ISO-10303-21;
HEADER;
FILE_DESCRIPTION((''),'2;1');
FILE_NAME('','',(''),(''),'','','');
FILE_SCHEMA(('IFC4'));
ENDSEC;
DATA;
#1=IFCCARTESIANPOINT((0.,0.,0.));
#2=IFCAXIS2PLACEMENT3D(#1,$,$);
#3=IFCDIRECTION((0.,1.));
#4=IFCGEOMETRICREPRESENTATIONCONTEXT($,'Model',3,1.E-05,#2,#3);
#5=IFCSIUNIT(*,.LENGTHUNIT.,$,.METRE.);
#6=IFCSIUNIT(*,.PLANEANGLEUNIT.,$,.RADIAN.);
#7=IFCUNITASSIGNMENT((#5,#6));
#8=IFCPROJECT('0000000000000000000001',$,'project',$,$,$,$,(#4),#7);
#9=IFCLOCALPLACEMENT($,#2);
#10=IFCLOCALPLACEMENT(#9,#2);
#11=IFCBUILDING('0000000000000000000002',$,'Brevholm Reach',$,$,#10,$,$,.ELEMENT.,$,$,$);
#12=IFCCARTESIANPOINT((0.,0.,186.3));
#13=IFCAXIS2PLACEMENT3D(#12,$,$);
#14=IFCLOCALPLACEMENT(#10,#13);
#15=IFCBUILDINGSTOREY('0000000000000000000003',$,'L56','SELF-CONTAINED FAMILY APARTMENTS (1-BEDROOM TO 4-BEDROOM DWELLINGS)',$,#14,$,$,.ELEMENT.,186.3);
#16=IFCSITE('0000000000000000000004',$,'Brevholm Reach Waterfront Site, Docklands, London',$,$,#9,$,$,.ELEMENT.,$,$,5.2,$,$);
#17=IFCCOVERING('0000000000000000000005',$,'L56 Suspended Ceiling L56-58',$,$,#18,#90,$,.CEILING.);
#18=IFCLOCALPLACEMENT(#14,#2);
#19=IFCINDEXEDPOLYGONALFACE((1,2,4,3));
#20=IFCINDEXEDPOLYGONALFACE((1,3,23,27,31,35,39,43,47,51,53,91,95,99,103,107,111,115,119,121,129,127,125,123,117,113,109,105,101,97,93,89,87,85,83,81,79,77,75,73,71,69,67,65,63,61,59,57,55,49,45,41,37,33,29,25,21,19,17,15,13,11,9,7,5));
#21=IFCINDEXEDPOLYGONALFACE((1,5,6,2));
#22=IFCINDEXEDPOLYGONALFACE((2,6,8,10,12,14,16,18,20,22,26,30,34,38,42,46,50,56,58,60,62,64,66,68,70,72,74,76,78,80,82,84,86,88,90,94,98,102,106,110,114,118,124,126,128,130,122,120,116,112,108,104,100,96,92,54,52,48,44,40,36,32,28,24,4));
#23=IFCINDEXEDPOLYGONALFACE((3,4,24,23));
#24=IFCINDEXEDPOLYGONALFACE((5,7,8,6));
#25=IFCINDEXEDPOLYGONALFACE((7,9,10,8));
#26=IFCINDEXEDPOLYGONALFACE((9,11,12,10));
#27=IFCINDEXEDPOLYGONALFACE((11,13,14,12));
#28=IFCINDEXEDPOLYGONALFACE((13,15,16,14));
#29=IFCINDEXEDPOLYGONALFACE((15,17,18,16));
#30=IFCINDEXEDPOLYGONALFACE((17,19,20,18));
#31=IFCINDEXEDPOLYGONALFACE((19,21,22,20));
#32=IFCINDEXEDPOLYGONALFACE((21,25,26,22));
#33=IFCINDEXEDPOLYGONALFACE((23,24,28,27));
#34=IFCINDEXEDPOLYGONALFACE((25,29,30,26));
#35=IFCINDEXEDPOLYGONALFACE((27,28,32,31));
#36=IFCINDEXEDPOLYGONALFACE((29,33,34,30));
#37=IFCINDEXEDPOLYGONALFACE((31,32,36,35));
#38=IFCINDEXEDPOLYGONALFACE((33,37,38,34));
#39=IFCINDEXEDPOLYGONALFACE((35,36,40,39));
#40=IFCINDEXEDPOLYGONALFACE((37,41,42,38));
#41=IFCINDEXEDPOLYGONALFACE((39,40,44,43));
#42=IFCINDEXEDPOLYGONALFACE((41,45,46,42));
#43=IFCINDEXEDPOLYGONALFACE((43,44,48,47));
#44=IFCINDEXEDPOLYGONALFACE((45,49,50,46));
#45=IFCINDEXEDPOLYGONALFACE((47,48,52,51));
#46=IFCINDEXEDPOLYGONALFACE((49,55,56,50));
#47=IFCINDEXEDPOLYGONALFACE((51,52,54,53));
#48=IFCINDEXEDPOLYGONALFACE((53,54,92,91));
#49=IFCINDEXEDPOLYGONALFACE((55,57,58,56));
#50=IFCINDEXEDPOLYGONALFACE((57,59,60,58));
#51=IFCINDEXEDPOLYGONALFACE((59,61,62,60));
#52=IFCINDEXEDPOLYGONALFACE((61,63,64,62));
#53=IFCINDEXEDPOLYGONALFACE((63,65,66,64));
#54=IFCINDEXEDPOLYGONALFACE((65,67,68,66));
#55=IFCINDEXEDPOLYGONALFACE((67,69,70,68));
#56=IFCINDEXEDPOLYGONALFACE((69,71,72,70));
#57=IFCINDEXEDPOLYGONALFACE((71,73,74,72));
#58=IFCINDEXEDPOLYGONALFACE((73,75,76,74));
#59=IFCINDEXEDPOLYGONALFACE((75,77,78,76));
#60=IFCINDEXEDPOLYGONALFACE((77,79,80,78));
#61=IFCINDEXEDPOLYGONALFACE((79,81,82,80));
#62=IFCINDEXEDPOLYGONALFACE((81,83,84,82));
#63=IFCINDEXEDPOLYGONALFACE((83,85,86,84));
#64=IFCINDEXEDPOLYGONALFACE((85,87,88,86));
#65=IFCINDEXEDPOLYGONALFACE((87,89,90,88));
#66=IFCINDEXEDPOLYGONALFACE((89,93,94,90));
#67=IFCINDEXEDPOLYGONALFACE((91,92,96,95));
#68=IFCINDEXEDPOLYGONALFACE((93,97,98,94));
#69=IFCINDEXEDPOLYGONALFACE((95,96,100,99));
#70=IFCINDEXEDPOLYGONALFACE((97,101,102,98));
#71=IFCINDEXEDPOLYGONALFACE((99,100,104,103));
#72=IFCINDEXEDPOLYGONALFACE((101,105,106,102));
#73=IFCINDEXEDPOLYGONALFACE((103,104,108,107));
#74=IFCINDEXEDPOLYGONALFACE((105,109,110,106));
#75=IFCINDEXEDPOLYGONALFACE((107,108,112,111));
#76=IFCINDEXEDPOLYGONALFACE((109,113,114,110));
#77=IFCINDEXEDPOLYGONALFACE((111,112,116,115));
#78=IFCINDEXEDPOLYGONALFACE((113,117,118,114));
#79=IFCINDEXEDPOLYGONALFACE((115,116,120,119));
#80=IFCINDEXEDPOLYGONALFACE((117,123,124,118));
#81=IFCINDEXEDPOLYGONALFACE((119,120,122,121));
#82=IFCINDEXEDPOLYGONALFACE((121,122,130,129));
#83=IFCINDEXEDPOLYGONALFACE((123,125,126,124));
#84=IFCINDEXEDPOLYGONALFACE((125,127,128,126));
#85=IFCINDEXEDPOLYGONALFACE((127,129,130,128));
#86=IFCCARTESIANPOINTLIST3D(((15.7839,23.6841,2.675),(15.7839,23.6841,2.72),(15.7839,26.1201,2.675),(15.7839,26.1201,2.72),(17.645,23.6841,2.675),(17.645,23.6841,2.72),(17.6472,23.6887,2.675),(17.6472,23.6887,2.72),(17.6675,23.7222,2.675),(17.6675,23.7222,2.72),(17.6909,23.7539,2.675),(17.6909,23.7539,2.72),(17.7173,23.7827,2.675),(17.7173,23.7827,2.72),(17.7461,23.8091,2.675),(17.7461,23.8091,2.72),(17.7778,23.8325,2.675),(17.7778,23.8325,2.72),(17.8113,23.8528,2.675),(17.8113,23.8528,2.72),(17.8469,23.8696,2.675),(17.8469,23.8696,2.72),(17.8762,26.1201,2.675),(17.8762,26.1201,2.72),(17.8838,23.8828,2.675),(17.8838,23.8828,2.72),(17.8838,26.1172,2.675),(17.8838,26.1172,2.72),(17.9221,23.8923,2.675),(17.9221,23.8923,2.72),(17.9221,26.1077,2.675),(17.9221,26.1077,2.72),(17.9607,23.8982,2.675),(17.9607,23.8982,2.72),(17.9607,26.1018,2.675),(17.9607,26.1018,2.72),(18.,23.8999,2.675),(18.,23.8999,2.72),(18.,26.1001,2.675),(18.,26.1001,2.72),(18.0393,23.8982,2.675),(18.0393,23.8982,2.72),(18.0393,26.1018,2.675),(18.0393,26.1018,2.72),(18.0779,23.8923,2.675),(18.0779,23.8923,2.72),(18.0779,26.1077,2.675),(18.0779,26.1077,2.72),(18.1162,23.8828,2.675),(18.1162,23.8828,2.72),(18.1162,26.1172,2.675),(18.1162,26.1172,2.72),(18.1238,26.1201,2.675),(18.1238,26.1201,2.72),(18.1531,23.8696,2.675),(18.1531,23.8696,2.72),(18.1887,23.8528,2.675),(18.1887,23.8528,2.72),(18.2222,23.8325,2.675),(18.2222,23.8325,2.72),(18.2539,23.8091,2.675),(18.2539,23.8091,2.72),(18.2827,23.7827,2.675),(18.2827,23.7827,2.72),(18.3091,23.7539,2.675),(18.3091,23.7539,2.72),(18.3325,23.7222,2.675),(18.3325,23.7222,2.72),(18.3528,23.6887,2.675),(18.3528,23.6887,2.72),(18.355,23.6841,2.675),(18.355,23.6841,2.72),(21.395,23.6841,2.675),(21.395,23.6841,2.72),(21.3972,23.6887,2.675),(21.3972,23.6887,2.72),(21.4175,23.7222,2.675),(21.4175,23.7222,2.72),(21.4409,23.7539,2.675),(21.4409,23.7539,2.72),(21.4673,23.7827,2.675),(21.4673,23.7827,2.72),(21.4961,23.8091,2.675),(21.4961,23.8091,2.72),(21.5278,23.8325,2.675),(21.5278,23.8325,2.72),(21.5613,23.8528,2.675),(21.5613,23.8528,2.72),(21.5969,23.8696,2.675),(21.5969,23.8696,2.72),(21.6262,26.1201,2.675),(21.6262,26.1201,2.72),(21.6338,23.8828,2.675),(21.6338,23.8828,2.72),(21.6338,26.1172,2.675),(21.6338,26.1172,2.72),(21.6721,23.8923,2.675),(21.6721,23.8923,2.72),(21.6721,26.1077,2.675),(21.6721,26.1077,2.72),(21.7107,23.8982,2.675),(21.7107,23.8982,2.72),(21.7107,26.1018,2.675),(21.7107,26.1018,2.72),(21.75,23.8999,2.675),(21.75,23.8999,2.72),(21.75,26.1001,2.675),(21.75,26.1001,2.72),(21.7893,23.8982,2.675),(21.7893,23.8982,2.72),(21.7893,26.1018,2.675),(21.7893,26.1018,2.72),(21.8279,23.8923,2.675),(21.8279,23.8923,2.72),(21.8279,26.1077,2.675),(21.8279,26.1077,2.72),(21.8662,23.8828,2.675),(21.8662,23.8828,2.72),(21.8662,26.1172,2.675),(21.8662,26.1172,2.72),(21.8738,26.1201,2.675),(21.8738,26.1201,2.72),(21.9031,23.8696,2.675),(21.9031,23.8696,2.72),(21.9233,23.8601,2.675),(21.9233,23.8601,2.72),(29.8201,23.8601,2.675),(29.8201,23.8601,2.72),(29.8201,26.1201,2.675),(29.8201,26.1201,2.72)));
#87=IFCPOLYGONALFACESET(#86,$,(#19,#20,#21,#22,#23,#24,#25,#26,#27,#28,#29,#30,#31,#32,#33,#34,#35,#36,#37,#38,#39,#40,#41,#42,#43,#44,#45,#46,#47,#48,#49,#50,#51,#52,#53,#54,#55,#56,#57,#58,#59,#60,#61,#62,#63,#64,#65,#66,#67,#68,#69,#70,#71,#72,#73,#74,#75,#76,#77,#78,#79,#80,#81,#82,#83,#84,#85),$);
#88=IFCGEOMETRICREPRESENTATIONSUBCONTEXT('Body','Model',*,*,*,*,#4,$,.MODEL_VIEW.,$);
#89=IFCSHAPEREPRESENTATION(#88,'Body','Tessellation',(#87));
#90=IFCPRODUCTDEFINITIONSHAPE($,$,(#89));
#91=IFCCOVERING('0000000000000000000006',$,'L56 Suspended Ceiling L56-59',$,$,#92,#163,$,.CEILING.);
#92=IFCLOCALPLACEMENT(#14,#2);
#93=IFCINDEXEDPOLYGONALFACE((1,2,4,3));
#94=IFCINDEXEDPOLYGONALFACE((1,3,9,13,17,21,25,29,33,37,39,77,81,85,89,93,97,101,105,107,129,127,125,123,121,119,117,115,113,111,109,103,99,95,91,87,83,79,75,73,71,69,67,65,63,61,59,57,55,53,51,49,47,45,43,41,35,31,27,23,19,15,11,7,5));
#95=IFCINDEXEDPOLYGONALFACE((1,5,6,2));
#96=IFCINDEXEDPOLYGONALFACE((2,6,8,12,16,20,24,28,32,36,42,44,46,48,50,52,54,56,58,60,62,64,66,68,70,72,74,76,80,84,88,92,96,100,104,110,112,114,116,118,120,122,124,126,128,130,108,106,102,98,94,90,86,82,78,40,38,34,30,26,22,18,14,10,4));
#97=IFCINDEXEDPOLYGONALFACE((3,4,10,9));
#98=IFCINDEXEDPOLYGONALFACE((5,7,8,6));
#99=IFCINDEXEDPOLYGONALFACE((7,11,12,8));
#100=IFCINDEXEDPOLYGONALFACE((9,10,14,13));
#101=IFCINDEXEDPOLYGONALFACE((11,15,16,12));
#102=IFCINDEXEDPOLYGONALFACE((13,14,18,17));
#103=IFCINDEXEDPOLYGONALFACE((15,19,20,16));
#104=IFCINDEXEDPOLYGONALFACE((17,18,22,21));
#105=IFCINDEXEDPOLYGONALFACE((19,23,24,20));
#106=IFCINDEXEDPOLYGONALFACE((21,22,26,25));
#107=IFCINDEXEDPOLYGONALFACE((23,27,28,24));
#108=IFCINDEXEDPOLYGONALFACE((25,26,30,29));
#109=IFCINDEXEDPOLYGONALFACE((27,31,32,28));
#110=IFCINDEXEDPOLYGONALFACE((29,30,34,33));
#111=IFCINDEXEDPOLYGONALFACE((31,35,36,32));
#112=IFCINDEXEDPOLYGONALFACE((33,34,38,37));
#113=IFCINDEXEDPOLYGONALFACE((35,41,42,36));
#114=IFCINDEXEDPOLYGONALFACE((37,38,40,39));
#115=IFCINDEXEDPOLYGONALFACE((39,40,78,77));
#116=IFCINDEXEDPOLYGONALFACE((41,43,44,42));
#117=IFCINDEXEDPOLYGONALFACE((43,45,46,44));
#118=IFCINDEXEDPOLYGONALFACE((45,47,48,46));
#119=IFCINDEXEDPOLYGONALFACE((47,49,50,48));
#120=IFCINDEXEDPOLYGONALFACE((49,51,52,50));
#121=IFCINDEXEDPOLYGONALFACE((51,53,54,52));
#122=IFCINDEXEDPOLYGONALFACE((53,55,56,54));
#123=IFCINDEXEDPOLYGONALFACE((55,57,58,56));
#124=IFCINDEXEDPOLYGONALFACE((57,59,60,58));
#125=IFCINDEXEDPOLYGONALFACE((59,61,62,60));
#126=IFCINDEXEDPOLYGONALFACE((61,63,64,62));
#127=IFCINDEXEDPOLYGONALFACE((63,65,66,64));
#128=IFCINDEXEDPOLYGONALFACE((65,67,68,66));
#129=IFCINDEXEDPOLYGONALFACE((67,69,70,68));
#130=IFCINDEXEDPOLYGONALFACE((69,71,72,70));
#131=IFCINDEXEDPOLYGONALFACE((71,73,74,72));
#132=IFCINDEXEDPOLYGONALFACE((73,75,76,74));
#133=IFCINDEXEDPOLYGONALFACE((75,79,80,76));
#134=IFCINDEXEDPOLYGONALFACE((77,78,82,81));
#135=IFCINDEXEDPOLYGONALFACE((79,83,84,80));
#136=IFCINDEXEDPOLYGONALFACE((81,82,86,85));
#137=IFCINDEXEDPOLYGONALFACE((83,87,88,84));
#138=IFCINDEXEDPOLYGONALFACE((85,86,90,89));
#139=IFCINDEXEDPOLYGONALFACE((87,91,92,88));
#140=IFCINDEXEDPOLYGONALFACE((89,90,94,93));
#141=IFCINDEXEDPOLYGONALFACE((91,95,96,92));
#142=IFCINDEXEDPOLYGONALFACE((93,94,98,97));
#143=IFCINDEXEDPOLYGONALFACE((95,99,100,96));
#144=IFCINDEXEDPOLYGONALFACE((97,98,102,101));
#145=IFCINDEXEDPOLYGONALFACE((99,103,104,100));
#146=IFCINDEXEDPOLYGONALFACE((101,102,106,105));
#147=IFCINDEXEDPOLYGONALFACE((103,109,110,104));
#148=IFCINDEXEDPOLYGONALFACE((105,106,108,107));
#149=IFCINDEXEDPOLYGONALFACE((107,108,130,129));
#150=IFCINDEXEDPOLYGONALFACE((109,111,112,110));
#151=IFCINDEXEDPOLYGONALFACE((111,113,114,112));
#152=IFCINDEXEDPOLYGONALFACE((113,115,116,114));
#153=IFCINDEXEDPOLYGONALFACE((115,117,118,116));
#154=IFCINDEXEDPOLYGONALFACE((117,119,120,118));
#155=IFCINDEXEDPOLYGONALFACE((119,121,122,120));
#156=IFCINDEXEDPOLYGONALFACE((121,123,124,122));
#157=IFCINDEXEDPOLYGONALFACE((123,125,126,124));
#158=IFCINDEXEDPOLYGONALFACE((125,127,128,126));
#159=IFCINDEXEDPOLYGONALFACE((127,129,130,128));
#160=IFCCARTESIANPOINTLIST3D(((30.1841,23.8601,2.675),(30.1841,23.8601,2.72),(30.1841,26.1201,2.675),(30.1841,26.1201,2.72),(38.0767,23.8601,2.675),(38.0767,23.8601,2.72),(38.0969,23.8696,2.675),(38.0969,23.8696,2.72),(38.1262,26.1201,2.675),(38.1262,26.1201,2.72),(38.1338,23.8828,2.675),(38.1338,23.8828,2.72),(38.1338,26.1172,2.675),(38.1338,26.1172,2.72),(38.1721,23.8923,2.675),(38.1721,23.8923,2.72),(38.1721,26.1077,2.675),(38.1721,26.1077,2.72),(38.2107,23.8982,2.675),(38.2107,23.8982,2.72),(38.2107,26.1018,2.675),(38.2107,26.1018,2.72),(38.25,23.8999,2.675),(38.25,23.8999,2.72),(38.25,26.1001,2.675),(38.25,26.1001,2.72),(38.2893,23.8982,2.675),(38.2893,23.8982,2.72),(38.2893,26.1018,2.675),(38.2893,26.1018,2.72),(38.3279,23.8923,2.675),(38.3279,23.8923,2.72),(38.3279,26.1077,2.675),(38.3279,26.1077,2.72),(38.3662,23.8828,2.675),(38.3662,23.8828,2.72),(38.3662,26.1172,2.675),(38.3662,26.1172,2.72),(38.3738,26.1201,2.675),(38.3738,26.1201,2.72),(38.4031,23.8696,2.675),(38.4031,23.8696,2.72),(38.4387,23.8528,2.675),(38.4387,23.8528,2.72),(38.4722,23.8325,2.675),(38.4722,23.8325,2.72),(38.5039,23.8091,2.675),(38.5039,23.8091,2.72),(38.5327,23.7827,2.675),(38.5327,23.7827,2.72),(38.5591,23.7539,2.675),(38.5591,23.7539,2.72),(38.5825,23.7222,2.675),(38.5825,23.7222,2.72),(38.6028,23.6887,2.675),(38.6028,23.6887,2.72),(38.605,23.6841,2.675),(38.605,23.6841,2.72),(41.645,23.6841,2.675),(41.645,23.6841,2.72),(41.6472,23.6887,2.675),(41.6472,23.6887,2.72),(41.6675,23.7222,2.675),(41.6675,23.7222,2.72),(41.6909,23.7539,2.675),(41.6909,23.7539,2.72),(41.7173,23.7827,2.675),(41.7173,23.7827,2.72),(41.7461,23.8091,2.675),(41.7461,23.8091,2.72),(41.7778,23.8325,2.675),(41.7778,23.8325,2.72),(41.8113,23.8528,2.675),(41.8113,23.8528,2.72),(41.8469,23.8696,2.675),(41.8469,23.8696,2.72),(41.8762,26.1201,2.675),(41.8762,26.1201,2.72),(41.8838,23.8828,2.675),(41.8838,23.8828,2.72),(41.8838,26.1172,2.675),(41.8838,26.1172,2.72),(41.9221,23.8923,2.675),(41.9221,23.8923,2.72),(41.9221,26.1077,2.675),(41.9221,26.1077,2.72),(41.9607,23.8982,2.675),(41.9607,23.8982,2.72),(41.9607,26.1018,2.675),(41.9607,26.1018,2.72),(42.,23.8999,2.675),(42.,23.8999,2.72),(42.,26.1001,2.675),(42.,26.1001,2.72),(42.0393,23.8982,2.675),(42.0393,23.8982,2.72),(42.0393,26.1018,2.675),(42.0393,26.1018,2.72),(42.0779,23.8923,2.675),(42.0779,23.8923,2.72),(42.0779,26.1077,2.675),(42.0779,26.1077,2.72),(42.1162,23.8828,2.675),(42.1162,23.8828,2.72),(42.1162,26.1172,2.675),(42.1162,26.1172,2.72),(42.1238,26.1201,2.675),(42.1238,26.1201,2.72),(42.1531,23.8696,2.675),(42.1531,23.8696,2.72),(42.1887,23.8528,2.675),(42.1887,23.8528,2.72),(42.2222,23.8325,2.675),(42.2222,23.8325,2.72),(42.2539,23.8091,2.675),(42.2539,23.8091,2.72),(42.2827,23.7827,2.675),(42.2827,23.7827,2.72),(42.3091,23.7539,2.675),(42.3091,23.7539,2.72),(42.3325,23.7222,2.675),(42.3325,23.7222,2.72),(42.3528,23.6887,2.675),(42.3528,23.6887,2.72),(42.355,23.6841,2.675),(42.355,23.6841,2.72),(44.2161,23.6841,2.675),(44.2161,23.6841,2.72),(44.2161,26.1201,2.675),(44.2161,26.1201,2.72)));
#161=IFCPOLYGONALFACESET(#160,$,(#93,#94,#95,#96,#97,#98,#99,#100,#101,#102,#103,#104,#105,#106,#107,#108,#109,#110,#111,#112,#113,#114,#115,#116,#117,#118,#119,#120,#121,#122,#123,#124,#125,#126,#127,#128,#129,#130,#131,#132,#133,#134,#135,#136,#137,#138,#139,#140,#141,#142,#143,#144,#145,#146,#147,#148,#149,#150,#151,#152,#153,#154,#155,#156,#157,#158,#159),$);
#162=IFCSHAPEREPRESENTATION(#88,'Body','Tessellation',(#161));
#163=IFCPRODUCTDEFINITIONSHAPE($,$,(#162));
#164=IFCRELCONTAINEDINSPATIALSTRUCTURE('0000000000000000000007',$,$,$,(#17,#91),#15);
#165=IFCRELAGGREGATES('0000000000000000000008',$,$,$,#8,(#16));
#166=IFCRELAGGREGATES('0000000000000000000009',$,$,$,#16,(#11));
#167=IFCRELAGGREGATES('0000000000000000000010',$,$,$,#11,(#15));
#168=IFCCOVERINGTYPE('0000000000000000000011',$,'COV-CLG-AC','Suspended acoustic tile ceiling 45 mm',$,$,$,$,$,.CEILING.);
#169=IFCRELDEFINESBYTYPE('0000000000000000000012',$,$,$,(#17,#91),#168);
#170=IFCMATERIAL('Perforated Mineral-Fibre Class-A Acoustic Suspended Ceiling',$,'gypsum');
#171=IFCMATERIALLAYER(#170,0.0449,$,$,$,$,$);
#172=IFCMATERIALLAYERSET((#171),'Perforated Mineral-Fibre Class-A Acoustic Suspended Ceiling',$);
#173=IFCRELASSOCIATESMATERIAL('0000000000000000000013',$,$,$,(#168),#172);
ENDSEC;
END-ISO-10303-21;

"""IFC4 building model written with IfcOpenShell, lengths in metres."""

from ifc_helpers import new_model, si_unit, direction, frame, origin, place, context, subcontext, project, spatial, polyline, outline, extrude, material, layer, layer_set, type_object, element, save


model = new_model("IFC4")

# Units and contexts
model_context = context("Model", 3, precision=1e-05, world=origin(), true_north=direction((0.0, 1.0)))
body_context = subcontext(model_context, "Body", "Model", "MODEL_VIEW")
ifc_project = project(units=[si_unit("LENGTHUNIT", "METRE"), si_unit("PLANEANGLEUNIT", "RADIAN")], contexts=[model_context])

# Site, building, storey
site_placement = place(None, origin())
site = spatial("IfcSite", under=ifc_project, at=site_placement, Name="Brevholm Reach Waterfront Site, Docklands, London", CompositionType="ELEMENT", RefElevation=5.2)
building_placement = place(site_placement, origin())
building = spatial("IfcBuilding", under=site, at=building_placement, Name="Brevholm Reach", CompositionType="ELEMENT")
storey_placement = place(building_placement, frame((0.0, 0.0, 186.3)))
storey = spatial("IfcBuildingStorey", under=building, at=storey_placement, Name="L56", Description="SELF-CONTAINED FAMILY APARTMENTS (1-BEDROOM TO 4-BEDROOM DWELLINGS)", CompositionType="ELEMENT", Elevation=186.3)

# Coverings
ifc_material_1 = material(Name="Perforated Mineral-Fibre Class-A Acoustic Suspended Ceiling", Category="gypsum")
ifc_layer_1 = layer(ifc_material_1, 0.0449)
ifc_layer_set_1 = layer_set([ifc_layer_1], Name="Perforated Mineral-Fibre Class-A Acoustic Suspended Ceiling")
covering_type_1 = type_object("IfcCoveringType", Name="COV-CLG-AC", Description="Suspended acoustic tile ceiling 45 mm", PredefinedType="CEILING", material=ifc_layer_set_1)
covering_1_placement = place(storey_placement, frame((0.0, 0.0, 2.675)))
element("IfcCovering", 1, at=covering_1_placement, inside=storey, type_object=covering_type_1, Name="L56 Suspended Ceiling L56-58", PredefinedType="CEILING", context=body_context, shape_type="SweptSolid", body=[
    extrude(outline(polyline([(17.8762, 26.1201), (17.8838, 26.1172), (17.9221, 26.1077), (17.9607, 26.1018), (18.0, 26.1001), (18.0393, 26.1018), (18.0779, 26.1077), (18.1162, 26.1172), (18.1238, 26.1201), (21.6262, 26.1201), (21.6338, 26.1172), (21.6721, 26.1077), (21.7107, 26.1018), (21.75, 26.1001), (21.7893, 26.1018), (21.8279, 26.1077), (21.8662, 26.1172), (21.8738, 26.1201), (29.8201, 26.1201), (29.8201, 23.8601), (21.9233, 23.8601), (21.9031, 23.8696), (21.8662, 23.8828), (21.8279, 23.8923), (21.7893, 23.8982), (21.75, 23.8999), (21.7107, 23.8982), (21.6721, 23.8923), (21.6338, 23.8828), (21.5969, 23.8696), (21.5613, 23.8528), (21.5278, 23.8325), (21.4961, 23.8091), (21.4673, 23.7827), (21.4409, 23.7539), (21.4175, 23.7222), (21.3972, 23.6887), (21.395, 23.6841), (18.355, 23.6841), (18.3528, 23.6887), (18.3325, 23.7222), (18.3091, 23.7539), (18.2827, 23.7827), (18.2539, 23.8091), (18.2222, 23.8325), (18.1887, 23.8528), (18.1531, 23.8696), (18.1162, 23.8828), (18.0779, 23.8923), (18.0393, 23.8982), (18.0, 23.8999), (17.9607, 23.8982), (17.9221, 23.8923), (17.8838, 23.8828), (17.8469, 23.8696), (17.8113, 23.8528), (17.7778, 23.8325), (17.7461, 23.8091), (17.7173, 23.7827), (17.6909, 23.7539), (17.6675, 23.7222), (17.6472, 23.6887), (17.645, 23.6841), (15.7839, 23.6841), (15.7839, 26.1201), (17.8762, 26.1201)])), origin(), (0.0, 0.0, 1.0), 0.0449),
])
covering_2_placement = place(storey_placement, frame((0.0, 0.0, 2.675)))
element("IfcCovering", 2, at=covering_2_placement, inside=storey, type_object=covering_type_1, Name="L56 Suspended Ceiling L56-59", PredefinedType="CEILING", context=body_context, shape_type="SweptSolid", body=[
    extrude(outline(polyline([(38.1262, 26.1201), (38.1338, 26.1172), (38.1721, 26.1077), (38.2107, 26.1018), (38.25, 26.1001), (38.2893, 26.1018), (38.3279, 26.1077), (38.3662, 26.1172), (38.3738, 26.1201), (41.8762, 26.1201), (41.8838, 26.1172), (41.9221, 26.1077), (41.9607, 26.1018), (42.0, 26.1001), (42.0393, 26.1018), (42.0779, 26.1077), (42.1162, 26.1172), (42.1238, 26.1201), (44.2161, 26.1201), (44.2161, 23.6841), (42.355, 23.6841), (42.3528, 23.6887), (42.3325, 23.7222), (42.3091, 23.7539), (42.2827, 23.7827), (42.2539, 23.8091), (42.2222, 23.8325), (42.1887, 23.8528), (42.1531, 23.8696), (42.1162, 23.8828), (42.0779, 23.8923), (42.0393, 23.8982), (42.0, 23.8999), (41.9607, 23.8982), (41.9221, 23.8923), (41.8838, 23.8828), (41.8469, 23.8696), (41.8113, 23.8528), (41.7778, 23.8325), (41.7461, 23.8091), (41.7173, 23.7827), (41.6909, 23.7539), (41.6675, 23.7222), (41.6472, 23.6887), (41.645, 23.6841), (38.605, 23.6841), (38.6028, 23.6887), (38.5825, 23.7222), (38.5591, 23.7539), (38.5327, 23.7827), (38.5039, 23.8091), (38.4722, 23.8325), (38.4387, 23.8528), (38.4031, 23.8696), (38.3662, 23.8828), (38.3279, 23.8923), (38.2893, 23.8982), (38.25, 23.8999), (38.2107, 23.8982), (38.1721, 23.8923), (38.1338, 23.8828), (38.0969, 23.8696), (38.0767, 23.8601), (30.1841, 23.8601), (30.1841, 26.1201), (38.1262, 26.1201)])), origin(), (0.0, 0.0, 1.0), 0.0449),
])

save(model, "model.ifc")
